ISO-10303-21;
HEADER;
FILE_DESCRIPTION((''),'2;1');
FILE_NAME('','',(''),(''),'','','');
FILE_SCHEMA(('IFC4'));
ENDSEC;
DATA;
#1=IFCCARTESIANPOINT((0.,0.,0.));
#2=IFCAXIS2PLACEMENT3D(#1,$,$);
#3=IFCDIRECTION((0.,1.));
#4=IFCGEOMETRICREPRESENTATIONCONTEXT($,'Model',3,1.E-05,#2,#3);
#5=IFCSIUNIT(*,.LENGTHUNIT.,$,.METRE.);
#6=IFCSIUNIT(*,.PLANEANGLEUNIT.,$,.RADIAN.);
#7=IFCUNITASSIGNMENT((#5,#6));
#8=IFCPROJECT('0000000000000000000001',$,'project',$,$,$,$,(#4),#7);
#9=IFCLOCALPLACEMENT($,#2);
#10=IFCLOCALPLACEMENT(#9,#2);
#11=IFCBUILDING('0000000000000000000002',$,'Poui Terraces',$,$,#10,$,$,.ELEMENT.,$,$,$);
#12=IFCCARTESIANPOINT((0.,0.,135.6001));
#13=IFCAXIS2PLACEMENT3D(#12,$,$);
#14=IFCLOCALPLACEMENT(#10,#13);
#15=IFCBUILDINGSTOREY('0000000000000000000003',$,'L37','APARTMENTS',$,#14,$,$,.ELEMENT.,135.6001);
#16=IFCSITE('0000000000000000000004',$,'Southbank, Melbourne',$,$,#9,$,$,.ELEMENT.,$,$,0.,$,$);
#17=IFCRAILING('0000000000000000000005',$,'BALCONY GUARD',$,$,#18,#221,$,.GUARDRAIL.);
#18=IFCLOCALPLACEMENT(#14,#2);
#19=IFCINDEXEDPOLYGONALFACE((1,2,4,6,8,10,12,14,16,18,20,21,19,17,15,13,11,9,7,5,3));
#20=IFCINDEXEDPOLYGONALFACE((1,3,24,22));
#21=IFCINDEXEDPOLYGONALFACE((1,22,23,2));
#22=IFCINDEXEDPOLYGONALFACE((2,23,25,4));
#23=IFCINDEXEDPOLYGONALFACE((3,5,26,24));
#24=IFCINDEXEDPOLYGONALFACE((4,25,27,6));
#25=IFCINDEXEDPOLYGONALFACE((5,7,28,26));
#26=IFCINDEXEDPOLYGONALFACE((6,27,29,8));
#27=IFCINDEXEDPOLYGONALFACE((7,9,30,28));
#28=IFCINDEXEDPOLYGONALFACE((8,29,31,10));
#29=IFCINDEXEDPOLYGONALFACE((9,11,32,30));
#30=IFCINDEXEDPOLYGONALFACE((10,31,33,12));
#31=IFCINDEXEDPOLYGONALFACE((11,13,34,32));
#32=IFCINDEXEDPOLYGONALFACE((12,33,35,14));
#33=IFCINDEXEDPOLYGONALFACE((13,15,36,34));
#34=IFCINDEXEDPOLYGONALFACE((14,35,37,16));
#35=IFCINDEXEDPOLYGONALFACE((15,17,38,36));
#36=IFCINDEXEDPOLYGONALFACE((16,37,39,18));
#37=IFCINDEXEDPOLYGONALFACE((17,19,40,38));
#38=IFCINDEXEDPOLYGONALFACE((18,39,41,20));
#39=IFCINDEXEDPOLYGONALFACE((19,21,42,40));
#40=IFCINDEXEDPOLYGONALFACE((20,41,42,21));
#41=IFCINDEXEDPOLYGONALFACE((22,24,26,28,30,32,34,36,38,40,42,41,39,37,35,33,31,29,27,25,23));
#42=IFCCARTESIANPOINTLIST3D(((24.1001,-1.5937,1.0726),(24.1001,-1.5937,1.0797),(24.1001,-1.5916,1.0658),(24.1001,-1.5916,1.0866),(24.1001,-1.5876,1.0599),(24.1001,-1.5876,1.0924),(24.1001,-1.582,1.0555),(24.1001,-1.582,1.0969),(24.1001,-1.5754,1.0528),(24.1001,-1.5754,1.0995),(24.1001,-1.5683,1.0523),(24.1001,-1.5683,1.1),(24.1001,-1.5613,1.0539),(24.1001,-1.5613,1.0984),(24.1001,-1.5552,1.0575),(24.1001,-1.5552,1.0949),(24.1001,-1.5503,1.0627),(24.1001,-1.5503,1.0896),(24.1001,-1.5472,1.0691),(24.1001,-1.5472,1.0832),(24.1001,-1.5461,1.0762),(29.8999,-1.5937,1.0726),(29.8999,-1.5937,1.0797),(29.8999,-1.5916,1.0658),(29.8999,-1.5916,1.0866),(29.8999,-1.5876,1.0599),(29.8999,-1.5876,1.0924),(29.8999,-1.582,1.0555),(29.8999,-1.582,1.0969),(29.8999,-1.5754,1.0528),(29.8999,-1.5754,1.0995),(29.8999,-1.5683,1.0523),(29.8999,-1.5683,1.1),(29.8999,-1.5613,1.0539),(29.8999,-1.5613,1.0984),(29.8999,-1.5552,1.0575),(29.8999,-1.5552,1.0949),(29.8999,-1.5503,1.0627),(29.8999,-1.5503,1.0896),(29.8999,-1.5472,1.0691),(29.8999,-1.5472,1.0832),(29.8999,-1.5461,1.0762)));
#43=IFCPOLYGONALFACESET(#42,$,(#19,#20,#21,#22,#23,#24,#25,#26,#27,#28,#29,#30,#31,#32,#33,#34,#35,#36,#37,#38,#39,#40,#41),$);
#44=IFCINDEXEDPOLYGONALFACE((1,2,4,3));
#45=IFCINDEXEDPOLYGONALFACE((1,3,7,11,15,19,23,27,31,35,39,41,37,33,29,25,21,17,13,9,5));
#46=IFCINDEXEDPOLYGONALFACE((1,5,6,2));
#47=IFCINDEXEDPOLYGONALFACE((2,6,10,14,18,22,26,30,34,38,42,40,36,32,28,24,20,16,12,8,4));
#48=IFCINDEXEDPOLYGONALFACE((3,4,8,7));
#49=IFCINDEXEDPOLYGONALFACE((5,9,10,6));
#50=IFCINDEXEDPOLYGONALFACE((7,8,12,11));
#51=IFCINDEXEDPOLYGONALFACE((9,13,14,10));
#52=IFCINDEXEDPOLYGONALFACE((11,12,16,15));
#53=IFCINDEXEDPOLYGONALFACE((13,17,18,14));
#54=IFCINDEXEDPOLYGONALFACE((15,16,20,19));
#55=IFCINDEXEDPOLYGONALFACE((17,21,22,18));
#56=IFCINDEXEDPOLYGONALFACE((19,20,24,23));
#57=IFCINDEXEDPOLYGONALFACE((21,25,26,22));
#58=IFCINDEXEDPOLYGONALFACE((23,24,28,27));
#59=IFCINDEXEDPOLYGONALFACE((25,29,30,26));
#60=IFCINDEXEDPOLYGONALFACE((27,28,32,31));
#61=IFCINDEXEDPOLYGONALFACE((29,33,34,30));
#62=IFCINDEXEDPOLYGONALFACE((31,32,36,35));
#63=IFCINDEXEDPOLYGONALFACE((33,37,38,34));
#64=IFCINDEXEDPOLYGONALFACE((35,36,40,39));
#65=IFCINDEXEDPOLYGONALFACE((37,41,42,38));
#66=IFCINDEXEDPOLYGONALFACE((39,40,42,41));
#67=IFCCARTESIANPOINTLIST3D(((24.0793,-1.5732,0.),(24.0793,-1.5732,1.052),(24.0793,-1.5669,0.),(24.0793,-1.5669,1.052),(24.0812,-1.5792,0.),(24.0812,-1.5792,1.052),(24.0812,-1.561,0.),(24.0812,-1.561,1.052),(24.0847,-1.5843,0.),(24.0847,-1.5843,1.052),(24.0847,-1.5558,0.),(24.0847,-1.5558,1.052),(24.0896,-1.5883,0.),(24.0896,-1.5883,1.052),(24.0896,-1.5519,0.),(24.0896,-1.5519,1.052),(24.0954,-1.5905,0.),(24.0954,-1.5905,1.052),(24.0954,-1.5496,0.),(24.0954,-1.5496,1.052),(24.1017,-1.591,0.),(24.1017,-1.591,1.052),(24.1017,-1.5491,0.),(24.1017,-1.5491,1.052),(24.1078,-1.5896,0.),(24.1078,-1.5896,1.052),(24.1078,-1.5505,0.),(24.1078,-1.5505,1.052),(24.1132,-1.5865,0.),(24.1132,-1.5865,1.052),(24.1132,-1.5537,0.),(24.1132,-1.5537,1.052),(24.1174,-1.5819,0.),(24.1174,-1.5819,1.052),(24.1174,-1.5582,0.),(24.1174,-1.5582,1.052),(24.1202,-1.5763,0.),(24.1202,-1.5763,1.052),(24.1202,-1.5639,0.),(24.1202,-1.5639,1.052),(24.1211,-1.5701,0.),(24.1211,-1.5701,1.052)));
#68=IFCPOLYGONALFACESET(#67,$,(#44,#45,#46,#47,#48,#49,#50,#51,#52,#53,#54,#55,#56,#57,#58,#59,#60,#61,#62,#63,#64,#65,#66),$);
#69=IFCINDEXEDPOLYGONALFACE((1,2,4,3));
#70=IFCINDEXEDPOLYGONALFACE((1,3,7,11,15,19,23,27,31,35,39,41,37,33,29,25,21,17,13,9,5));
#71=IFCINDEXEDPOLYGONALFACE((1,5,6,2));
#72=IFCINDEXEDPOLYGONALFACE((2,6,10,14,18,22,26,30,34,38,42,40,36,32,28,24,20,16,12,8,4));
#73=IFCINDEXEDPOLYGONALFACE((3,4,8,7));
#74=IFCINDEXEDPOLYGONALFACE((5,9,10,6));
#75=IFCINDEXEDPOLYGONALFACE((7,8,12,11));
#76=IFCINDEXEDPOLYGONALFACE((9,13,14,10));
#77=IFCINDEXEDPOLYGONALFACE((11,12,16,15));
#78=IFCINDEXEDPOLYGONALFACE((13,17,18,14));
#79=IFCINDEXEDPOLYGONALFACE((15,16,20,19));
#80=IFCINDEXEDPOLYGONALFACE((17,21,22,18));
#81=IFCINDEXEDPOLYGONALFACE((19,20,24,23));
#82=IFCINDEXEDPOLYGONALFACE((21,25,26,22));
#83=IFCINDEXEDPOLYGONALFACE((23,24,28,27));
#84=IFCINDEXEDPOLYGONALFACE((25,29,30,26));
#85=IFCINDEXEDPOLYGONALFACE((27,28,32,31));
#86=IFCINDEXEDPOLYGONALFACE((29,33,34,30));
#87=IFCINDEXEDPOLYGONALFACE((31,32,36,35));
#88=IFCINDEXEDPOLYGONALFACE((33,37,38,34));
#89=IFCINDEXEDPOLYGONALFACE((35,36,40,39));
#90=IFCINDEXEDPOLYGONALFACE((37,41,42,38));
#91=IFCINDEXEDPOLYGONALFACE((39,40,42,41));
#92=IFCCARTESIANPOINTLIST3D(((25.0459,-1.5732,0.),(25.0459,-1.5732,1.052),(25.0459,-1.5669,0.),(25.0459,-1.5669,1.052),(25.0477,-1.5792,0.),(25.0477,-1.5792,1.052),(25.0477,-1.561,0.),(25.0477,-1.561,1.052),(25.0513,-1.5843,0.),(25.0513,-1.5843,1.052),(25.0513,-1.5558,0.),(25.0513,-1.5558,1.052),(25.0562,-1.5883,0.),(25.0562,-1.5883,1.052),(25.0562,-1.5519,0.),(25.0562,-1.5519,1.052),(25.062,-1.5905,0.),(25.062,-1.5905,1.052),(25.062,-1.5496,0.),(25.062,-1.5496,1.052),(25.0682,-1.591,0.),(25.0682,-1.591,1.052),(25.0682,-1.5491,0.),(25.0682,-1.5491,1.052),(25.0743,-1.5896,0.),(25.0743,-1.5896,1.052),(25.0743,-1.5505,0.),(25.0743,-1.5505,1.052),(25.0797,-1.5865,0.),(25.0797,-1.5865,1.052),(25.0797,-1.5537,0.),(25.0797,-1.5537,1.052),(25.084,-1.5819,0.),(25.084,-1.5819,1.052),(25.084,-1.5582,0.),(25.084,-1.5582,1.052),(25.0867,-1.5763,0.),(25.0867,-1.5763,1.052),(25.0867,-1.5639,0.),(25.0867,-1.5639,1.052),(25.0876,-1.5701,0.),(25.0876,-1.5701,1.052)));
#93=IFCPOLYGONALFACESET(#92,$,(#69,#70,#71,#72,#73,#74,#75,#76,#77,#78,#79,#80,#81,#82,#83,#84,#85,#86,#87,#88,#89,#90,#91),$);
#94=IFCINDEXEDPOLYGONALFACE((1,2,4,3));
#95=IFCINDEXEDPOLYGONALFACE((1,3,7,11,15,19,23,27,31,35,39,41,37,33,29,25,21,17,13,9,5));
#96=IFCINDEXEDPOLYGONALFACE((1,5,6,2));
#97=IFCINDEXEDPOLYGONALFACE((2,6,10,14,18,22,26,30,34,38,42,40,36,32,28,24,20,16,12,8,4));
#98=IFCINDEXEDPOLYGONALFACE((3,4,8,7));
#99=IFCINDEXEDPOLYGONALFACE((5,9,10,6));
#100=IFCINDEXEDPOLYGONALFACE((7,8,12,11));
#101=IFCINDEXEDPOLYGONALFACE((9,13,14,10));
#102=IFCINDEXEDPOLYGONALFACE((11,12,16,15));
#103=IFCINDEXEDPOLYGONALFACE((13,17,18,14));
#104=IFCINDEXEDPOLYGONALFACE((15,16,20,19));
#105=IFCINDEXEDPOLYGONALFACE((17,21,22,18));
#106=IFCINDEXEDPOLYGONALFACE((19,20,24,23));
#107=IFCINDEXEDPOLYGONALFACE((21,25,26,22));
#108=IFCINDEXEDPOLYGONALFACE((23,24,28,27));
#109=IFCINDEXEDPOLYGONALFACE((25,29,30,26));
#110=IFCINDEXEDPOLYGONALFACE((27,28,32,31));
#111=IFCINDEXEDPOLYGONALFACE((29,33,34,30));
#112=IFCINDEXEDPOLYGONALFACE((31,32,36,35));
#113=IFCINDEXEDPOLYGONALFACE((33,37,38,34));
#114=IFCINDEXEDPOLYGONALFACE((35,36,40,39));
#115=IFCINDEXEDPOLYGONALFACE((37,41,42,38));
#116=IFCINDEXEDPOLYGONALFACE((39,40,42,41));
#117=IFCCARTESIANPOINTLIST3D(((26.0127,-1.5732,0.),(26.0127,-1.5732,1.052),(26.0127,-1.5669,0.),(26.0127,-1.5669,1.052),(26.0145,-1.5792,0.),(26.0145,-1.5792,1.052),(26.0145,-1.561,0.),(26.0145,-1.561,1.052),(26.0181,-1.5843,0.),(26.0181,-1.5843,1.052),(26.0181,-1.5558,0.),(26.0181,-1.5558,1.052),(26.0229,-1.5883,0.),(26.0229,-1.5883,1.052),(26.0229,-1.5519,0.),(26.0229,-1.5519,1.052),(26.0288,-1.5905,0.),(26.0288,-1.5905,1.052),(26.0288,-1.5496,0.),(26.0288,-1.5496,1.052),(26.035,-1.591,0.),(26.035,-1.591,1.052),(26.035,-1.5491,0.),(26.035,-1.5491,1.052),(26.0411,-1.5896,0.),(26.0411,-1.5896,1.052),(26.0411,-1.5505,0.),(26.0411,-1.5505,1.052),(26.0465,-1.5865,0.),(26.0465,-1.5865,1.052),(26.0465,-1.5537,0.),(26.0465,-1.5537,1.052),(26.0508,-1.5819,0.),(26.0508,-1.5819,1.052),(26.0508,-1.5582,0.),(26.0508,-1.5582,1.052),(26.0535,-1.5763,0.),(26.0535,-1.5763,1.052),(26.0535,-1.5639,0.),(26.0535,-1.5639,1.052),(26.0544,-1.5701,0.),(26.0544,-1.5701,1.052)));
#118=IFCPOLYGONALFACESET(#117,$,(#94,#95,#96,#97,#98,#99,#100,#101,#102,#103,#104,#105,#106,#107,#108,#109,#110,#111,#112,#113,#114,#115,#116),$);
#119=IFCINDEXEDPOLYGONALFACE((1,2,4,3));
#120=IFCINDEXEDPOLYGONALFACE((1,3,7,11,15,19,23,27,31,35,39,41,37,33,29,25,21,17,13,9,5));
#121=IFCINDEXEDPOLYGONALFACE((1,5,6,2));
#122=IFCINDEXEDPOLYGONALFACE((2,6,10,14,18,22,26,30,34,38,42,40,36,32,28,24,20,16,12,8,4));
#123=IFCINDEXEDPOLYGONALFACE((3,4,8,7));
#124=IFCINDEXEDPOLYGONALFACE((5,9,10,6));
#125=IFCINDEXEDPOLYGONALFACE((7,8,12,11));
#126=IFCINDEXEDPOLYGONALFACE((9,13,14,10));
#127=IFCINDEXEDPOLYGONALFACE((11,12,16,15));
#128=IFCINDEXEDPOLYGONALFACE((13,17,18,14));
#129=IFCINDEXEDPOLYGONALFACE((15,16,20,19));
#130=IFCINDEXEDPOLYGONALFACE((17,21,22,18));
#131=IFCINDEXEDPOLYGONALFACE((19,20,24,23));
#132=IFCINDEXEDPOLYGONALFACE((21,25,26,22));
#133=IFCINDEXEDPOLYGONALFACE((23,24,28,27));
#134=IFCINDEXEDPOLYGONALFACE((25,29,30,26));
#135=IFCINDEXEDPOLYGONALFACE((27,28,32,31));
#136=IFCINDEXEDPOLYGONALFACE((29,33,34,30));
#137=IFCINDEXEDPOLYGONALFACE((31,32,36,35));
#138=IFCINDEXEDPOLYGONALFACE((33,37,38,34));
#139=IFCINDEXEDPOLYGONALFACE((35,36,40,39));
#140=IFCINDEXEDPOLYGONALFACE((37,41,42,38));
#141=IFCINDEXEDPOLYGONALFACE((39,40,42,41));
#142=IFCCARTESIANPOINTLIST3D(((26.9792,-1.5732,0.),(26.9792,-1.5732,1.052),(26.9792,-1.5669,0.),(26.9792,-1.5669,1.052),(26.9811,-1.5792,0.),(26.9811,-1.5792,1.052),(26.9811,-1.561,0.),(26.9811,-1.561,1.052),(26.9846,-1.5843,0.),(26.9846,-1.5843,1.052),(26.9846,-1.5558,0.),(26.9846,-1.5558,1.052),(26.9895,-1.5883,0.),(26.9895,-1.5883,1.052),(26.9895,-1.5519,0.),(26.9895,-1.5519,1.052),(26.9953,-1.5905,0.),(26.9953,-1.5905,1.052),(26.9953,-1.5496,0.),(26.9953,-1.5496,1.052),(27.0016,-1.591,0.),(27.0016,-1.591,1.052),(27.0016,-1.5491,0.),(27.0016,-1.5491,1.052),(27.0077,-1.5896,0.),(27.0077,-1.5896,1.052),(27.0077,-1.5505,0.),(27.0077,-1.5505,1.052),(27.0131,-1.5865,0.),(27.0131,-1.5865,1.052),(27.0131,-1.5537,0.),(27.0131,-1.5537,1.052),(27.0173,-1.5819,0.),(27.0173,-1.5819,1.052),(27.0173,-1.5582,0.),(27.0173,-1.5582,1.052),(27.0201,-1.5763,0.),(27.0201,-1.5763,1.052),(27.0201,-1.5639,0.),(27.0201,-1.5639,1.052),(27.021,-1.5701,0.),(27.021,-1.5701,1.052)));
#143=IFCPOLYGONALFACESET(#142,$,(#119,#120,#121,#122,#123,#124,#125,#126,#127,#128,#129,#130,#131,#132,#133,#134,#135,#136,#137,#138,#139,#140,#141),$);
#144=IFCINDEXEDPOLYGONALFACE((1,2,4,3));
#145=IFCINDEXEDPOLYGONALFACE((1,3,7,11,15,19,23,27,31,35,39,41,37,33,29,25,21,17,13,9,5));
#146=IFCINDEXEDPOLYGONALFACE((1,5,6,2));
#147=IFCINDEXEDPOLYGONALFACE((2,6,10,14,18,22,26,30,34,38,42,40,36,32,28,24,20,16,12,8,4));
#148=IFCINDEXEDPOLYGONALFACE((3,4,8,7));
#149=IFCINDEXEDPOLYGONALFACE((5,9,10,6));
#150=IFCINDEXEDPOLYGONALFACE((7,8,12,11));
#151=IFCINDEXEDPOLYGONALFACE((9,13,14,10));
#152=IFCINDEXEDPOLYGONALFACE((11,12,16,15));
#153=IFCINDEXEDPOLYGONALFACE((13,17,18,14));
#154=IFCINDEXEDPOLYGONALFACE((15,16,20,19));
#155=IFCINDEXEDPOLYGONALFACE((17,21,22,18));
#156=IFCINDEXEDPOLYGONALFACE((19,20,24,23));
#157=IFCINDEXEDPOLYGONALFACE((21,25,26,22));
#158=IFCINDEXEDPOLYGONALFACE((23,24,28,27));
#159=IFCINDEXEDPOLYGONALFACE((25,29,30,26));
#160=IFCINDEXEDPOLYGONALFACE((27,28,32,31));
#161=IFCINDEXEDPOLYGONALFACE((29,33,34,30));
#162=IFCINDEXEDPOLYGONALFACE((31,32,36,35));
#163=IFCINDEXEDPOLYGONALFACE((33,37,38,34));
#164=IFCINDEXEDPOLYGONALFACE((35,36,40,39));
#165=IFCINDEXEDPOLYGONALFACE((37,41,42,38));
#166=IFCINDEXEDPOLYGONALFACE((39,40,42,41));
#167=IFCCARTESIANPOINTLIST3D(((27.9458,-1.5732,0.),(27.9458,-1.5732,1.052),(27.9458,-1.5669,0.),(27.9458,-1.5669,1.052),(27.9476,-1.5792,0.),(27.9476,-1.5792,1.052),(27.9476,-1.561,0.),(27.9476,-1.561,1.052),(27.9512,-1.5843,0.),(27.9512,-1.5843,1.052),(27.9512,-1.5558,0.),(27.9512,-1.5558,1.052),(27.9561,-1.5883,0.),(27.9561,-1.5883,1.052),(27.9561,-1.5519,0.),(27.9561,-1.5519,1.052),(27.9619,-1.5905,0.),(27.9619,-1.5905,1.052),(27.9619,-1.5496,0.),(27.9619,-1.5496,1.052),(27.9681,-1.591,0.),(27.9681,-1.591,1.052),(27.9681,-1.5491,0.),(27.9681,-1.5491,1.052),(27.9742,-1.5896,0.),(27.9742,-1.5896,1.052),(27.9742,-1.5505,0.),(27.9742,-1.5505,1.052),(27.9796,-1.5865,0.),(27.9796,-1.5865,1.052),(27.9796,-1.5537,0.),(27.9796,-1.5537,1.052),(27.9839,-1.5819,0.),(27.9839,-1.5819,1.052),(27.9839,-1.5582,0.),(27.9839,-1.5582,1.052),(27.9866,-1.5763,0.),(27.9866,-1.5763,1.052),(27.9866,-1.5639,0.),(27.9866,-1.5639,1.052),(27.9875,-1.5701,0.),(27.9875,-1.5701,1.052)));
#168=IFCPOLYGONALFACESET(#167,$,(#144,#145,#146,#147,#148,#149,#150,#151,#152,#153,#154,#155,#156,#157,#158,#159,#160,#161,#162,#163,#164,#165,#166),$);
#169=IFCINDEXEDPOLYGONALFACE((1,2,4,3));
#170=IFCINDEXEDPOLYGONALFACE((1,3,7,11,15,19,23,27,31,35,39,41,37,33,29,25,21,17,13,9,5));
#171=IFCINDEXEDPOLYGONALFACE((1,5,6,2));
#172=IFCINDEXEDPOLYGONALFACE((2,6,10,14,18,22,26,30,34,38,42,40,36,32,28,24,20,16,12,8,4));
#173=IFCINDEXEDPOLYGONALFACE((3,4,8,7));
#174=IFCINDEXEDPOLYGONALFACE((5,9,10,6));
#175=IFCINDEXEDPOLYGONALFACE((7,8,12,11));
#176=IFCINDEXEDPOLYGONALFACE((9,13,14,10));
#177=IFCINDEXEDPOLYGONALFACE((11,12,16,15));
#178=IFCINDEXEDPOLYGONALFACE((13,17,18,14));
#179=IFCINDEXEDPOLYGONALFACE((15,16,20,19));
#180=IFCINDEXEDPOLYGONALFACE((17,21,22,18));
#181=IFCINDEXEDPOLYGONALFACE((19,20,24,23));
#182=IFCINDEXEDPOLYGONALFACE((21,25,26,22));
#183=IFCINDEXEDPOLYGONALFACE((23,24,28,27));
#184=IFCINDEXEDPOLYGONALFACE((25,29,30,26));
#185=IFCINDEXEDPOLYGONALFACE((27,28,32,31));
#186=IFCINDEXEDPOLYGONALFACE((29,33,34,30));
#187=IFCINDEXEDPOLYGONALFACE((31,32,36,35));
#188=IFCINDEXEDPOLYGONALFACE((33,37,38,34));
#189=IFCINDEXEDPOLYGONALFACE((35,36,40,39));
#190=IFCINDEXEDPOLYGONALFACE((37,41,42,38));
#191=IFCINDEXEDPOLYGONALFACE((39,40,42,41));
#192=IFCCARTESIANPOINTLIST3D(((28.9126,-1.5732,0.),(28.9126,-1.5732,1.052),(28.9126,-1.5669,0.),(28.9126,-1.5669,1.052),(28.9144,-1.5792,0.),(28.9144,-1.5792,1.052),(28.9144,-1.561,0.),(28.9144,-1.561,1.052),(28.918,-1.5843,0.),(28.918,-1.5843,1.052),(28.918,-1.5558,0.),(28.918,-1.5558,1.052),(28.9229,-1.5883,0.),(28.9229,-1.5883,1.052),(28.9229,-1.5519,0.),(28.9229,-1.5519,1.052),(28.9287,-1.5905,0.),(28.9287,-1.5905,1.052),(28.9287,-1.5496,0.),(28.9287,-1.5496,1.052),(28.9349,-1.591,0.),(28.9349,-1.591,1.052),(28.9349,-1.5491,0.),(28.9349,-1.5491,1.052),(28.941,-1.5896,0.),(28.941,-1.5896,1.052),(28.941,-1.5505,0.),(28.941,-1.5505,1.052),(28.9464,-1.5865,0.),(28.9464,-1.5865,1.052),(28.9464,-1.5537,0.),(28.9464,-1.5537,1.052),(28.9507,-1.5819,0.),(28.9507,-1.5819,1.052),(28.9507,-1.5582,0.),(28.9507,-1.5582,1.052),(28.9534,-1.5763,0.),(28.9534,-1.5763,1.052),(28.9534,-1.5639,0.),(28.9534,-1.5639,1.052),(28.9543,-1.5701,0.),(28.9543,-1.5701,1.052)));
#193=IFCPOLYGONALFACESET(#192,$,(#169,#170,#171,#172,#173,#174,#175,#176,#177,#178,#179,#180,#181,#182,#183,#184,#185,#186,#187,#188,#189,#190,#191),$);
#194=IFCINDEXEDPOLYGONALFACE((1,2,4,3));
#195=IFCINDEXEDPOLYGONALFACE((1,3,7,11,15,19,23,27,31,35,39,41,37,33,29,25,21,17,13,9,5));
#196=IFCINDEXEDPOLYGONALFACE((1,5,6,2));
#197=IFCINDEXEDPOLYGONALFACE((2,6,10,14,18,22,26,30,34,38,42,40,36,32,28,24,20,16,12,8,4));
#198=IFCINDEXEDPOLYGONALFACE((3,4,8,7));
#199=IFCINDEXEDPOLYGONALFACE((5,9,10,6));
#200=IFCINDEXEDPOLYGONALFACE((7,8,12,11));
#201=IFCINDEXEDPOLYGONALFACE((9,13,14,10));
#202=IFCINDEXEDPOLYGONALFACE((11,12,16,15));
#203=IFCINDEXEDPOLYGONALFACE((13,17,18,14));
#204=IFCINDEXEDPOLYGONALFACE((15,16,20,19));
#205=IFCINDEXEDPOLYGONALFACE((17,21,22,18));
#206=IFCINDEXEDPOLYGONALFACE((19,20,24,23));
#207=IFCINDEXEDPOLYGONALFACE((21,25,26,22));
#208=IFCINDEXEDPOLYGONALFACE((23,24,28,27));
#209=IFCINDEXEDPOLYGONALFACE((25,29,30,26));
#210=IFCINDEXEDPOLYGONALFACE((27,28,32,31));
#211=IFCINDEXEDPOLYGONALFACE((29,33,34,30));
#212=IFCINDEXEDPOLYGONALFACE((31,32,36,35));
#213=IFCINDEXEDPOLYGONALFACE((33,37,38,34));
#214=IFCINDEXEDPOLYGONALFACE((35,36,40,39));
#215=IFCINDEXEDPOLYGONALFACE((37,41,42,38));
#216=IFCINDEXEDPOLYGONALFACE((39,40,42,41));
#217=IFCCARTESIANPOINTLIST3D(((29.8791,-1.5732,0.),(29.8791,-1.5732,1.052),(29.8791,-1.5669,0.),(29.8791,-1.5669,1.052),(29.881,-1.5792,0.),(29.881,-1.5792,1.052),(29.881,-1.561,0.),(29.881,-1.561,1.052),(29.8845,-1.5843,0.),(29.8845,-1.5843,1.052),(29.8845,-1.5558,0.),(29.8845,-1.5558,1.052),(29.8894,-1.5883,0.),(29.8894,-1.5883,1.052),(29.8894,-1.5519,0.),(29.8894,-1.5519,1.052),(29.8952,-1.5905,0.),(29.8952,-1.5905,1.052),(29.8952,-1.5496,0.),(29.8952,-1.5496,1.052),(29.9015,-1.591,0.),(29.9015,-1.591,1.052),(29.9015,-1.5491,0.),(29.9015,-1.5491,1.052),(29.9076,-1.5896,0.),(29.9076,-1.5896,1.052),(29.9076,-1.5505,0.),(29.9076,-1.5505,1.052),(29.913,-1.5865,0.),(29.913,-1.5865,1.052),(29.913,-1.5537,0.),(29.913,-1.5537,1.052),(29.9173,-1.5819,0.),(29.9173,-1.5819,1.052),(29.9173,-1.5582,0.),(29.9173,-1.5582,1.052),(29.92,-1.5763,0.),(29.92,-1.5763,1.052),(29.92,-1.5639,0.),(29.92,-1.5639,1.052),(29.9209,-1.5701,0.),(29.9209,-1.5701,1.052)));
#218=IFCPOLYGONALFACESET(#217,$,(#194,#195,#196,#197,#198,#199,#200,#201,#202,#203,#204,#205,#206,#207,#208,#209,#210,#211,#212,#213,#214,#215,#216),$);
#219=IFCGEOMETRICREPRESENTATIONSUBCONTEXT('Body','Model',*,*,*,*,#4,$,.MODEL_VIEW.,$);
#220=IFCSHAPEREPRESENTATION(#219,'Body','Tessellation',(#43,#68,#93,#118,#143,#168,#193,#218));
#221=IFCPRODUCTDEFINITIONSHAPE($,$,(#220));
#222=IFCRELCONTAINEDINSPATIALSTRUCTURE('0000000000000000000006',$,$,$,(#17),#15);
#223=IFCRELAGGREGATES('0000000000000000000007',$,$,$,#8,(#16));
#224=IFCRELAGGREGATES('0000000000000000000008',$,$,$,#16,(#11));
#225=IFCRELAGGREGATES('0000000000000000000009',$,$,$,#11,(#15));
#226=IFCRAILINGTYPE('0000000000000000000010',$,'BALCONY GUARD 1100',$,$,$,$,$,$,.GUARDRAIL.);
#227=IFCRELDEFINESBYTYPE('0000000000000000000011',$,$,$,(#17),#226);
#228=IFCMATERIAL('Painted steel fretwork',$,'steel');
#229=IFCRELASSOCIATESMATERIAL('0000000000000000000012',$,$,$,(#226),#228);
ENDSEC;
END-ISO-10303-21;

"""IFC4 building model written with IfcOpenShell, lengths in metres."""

from ifc_helpers import new_model, si_unit, direction, frame, origin, origin_2d, place, context, subcontext, project, spatial, circle, extrude, material, type_object, element, save


model = new_model("IFC4")

# Units and contexts
model_context = context("Model", 3, precision=1e-05, world=origin(), true_north=direction((0.0, 1.0)))
body_context = subcontext(model_context, "Body", "Model", "MODEL_VIEW")
ifc_project = project(units=[si_unit("LENGTHUNIT", "METRE"), si_unit("PLANEANGLEUNIT", "RADIAN")], contexts=[model_context])

# Site, building, storey
site_placement = place(None, origin())
site = spatial("IfcSite", under=ifc_project, at=site_placement, Name="Southbank, Melbourne", CompositionType="ELEMENT", RefElevation=0.0)
building_placement = place(site_placement, origin())
building = spatial("IfcBuilding", under=site, at=building_placement, Name="Poui Terraces", CompositionType="ELEMENT")
storey_placement = place(building_placement, frame((0.0, 0.0, 135.6001)))
storey = spatial("IfcBuildingStorey", under=building, at=storey_placement, Name="L37", Description="APARTMENTS", CompositionType="ELEMENT", Elevation=135.6001)

# Railing
ifc_material_1 = material(Name="Painted steel fretwork", Category="steel")
railing_type = type_object("IfcRailingType", Name="BALCONY GUARD 1100", PredefinedType="GUARDRAIL", material=ifc_material_1)
railing_placement = place(storey_placement, frame((24.1001, -1.5701, 0.0)))
element("IfcRailing", 1, at=railing_placement, inside=storey, type_object=railing_type, Name="BALCONY GUARD", PredefinedType="GUARDRAIL", context=body_context, shape_type="SweptSolid", body=[
    extrude(circle(Radius=0.0239, at=origin_2d()), frame((0.0, 0.0, 1.0762), z_axis=(1.0, 0.0, 0.0), x_axis=(0.0, 1.0, 0.0)), (0.0, 0.0, 1.0), 5.7998),
    extrude(circle(Radius=0.021, at=origin_2d()), origin(), (0.0, 0.0, 1.0), 1.052),
    extrude(circle(Radius=0.021, at=origin_2d()), frame((0.9666, 0.0, 0.0)), (0.0, 0.0, 1.0), 1.052),
    extrude(circle(Radius=0.021, at=origin_2d()), frame((1.9333, 0.0, 0.0)), (0.0, 0.0, 1.0), 1.052),
    extrude(circle(Radius=0.021, at=origin_2d()), frame((2.8999, 0.0, 0.0)), (0.0, 0.0, 1.0), 1.052),
    extrude(circle(Radius=0.021, at=origin_2d()), frame((3.8665, 0.0, 0.0)), (0.0, 0.0, 1.0), 1.052),
    extrude(circle(Radius=0.021, at=origin_2d()), frame((4.8333, 0.0, 0.0)), (0.0, 0.0, 1.0), 1.052),
    extrude(circle(Radius=0.021, at=origin_2d()), frame((5.7998, 0.0, 0.0)), (0.0, 0.0, 1.0), 1.052),
])

save(model, "model.ifc")
